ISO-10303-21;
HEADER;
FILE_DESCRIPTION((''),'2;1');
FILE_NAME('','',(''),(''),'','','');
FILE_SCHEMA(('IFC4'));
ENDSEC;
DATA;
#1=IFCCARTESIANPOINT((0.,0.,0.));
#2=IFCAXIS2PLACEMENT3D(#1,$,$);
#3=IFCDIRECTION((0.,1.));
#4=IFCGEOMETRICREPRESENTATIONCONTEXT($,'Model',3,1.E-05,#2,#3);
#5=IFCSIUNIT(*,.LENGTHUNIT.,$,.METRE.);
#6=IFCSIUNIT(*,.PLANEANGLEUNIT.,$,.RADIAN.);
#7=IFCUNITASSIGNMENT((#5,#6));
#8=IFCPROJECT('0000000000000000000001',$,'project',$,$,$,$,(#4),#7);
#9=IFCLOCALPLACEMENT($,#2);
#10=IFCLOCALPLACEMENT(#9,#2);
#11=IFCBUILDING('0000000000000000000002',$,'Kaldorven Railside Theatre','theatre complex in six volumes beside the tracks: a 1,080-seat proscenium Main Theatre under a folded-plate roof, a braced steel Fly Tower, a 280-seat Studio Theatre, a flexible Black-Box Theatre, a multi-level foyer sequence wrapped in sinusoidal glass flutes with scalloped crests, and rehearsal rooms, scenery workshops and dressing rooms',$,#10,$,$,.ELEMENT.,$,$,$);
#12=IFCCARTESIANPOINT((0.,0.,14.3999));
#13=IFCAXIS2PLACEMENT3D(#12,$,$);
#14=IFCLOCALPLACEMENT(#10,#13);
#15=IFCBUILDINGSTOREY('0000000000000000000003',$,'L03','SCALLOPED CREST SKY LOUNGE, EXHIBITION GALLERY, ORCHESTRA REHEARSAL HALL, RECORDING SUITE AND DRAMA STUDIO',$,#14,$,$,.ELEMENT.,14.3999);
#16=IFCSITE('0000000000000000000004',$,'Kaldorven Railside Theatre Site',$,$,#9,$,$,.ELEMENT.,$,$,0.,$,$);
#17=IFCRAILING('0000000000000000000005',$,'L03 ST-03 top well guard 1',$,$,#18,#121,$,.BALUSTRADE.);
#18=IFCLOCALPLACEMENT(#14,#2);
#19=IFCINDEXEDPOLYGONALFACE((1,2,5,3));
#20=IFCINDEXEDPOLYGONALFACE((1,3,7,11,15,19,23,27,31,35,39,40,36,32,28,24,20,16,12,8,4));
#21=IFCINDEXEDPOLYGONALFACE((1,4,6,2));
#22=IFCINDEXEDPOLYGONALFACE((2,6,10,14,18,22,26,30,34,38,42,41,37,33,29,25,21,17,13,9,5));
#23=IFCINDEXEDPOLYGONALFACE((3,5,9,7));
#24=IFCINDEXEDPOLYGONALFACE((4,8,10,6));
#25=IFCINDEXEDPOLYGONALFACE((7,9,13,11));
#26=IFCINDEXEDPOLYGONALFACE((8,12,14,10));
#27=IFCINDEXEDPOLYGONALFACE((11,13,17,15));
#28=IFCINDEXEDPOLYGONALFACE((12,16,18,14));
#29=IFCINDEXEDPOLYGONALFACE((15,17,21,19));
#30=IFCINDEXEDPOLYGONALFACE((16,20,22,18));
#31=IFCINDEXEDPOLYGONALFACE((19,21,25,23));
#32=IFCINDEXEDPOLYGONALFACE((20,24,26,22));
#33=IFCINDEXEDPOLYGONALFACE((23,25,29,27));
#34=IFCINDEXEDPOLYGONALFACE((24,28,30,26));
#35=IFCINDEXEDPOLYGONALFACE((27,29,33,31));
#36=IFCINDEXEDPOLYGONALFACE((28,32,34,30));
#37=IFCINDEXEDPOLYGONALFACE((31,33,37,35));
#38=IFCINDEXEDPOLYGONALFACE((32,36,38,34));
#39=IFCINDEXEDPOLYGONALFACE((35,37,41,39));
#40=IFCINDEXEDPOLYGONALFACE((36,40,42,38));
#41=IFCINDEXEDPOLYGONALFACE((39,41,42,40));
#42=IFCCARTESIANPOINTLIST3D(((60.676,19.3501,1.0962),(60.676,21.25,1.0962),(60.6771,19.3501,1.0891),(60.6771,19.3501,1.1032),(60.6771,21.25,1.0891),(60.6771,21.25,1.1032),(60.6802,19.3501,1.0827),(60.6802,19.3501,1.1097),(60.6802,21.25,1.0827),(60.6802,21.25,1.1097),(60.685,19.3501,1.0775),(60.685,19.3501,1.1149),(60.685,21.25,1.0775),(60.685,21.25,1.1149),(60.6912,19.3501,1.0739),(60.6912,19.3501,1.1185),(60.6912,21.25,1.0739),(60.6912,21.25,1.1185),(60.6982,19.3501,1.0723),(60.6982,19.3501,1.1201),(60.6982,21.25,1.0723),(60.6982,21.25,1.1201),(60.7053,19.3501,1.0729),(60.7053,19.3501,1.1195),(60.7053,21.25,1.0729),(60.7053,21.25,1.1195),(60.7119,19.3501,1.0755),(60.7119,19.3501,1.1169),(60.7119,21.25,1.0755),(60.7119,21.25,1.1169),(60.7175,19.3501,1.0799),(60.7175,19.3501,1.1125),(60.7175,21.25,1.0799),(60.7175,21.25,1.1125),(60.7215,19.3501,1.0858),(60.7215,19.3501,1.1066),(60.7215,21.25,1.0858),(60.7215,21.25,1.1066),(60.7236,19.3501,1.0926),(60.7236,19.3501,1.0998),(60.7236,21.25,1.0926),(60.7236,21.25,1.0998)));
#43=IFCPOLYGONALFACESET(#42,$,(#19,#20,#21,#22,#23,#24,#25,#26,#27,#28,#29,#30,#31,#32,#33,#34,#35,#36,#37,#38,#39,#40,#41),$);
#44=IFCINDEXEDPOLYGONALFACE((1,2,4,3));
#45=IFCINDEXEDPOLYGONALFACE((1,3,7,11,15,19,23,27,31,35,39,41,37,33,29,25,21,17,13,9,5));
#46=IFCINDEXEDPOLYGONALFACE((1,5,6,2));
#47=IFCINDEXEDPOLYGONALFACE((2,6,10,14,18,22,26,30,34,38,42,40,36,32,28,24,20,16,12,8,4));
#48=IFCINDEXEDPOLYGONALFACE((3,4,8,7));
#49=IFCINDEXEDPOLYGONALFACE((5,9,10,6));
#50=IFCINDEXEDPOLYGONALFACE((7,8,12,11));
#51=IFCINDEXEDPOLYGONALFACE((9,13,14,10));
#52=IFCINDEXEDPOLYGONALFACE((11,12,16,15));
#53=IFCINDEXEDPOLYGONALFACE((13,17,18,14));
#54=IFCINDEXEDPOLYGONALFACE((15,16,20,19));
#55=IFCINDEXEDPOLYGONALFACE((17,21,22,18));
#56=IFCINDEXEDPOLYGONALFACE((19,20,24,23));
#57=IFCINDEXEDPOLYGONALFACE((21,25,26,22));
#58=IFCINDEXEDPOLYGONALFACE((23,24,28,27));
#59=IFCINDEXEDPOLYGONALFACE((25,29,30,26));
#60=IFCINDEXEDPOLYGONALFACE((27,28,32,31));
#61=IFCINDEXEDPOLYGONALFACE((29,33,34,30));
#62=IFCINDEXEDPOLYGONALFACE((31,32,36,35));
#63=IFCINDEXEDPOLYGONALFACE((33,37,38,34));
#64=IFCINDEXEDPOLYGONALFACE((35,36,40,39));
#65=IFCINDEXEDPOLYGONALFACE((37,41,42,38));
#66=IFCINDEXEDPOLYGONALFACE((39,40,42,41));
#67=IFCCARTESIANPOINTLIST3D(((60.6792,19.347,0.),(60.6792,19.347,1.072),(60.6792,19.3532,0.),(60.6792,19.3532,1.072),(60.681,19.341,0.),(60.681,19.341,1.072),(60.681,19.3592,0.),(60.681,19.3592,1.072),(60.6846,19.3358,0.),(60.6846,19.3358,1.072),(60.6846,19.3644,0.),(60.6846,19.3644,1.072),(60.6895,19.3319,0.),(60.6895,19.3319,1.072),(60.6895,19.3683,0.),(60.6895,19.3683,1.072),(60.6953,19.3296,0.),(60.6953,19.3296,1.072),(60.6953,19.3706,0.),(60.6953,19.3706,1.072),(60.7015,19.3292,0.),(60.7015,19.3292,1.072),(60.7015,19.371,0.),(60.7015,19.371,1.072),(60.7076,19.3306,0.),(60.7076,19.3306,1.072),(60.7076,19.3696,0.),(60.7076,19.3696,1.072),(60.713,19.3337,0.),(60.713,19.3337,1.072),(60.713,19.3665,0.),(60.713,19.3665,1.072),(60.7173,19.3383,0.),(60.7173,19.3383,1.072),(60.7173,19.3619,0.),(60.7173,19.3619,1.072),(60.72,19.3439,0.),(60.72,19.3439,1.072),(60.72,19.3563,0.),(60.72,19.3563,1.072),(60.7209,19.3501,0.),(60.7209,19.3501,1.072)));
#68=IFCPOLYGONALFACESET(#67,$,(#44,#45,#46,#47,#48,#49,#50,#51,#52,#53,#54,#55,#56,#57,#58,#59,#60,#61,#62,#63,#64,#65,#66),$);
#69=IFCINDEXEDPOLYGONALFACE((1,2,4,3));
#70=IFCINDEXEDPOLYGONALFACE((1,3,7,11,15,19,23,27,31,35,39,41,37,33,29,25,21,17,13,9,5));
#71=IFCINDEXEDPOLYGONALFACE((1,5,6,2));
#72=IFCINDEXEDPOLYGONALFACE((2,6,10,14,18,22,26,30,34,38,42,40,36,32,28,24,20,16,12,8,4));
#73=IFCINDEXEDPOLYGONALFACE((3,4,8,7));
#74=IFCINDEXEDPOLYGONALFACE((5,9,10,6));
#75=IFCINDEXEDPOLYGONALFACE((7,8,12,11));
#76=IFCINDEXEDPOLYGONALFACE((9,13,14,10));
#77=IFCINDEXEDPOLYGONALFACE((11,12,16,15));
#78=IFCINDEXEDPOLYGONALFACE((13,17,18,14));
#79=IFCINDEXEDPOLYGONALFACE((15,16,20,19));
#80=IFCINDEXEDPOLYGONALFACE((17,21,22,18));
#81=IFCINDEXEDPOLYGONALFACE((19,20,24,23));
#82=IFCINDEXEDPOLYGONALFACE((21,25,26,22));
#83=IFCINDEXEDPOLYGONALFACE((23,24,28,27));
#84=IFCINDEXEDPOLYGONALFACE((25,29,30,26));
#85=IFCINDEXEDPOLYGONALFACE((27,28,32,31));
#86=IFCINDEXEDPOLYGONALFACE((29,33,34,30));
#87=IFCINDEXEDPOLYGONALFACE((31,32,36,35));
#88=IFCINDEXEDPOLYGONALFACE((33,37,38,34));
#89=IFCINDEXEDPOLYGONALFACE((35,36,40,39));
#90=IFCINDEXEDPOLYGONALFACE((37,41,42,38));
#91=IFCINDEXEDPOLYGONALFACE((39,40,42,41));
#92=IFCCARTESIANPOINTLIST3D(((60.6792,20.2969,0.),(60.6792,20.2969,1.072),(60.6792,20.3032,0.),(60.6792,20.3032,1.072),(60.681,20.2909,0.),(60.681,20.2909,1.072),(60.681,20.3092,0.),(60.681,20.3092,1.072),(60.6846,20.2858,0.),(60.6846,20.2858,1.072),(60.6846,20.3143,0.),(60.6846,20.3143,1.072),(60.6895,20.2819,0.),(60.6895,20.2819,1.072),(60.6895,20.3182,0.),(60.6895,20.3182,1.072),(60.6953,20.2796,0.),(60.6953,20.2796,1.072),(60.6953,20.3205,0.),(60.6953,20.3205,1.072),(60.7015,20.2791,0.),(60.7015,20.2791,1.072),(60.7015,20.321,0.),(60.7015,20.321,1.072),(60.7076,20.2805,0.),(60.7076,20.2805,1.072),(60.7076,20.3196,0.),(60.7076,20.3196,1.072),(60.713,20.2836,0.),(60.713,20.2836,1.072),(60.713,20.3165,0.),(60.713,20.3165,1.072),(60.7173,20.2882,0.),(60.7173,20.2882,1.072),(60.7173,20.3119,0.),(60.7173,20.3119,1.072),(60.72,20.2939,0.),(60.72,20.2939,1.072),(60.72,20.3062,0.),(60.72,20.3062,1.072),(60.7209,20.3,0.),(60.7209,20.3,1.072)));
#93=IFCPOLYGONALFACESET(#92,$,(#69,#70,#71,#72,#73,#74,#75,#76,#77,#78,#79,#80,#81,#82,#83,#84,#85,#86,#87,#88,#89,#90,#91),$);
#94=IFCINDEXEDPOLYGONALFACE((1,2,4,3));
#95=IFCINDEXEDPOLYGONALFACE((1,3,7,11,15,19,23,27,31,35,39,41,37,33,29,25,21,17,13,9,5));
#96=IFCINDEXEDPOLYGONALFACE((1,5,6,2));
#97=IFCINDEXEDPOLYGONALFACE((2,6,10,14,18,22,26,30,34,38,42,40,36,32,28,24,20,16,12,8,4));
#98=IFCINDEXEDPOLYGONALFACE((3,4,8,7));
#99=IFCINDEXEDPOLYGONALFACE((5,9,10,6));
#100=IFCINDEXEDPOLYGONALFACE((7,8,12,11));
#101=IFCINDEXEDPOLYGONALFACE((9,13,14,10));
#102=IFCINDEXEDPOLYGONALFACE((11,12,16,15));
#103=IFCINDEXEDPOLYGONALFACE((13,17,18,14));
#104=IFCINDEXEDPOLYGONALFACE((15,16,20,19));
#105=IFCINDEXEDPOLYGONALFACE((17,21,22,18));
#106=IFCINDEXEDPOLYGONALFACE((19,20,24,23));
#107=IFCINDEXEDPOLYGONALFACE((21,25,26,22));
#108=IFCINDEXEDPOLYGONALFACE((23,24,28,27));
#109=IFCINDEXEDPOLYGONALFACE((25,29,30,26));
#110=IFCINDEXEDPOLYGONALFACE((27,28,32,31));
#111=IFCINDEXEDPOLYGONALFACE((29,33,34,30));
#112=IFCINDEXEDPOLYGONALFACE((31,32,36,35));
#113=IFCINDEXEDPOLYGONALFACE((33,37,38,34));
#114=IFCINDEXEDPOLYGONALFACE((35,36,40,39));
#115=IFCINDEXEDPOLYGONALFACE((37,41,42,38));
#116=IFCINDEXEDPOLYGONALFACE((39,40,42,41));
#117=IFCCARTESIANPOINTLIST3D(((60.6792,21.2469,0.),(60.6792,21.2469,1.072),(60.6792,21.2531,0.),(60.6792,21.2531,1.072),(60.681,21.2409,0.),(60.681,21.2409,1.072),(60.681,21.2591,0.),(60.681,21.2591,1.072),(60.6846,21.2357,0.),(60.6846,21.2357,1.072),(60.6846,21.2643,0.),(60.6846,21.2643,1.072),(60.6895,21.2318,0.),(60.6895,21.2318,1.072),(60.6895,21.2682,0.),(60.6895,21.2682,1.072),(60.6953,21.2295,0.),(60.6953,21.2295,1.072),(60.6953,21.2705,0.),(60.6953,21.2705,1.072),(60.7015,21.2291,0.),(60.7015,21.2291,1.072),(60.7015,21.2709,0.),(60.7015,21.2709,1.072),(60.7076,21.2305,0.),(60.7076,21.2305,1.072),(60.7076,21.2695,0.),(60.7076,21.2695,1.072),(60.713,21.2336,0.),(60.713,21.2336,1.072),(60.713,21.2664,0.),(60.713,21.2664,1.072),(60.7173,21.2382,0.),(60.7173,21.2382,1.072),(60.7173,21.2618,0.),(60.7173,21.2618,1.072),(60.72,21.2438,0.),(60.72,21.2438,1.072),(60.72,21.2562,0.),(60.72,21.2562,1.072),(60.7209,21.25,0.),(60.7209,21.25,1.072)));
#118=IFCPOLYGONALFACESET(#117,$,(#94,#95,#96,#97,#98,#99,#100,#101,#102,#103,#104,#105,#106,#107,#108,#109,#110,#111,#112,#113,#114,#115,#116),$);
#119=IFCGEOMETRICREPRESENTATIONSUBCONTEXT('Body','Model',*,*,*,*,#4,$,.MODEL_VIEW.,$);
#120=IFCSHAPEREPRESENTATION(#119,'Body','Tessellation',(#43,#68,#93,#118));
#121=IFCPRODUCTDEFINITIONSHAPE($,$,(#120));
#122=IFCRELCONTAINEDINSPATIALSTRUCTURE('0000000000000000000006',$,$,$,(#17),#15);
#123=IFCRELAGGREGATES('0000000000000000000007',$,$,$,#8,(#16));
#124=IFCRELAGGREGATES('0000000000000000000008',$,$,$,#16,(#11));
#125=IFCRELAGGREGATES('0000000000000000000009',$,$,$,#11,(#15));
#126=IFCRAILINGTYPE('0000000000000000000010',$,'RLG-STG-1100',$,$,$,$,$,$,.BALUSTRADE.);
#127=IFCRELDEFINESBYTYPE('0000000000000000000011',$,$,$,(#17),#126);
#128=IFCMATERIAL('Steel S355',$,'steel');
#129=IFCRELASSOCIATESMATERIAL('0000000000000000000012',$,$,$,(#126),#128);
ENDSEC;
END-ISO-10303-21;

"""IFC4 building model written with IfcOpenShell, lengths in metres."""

from ifc_helpers import new_model, si_unit, direction, frame, origin, origin_2d, place, context, subcontext, project, spatial, circle, extrude, material, type_object, element, save


model = new_model("IFC4")

# Units and contexts
model_context = context("Model", 3, precision=1e-05, world=origin(), true_north=direction((0.0, 1.0)))
body_context = subcontext(model_context, "Body", "Model", "MODEL_VIEW")
ifc_project = project(units=[si_unit("LENGTHUNIT", "METRE"), si_unit("PLANEANGLEUNIT", "RADIAN")], contexts=[model_context])

# Site, building, storey
site_placement = place(None, origin())
site = spatial("IfcSite", under=ifc_project, at=site_placement, Name="Kaldorven Railside Theatre Site", CompositionType="ELEMENT", RefElevation=0.0)
building_placement = place(site_placement, origin())
building = spatial("IfcBuilding", under=site, at=building_placement, Name="Kaldorven Railside Theatre", Description="theatre complex in six volumes beside the tracks: a 1,080-seat proscenium Main Theatre under a folded-plate roof, a braced steel Fly Tower, a 280-seat Studio Theatre, a flexible Black-Box Theatre, a multi-level foyer sequence wrapped in sinusoidal glass flutes with scalloped crests, and rehearsal rooms, scenery workshops and dressing rooms", CompositionType="ELEMENT")
storey_placement = place(building_placement, frame((0.0, 0.0, 14.3999)))
storey = spatial("IfcBuildingStorey", under=building, at=storey_placement, Name="L03", Description="SCALLOPED CREST SKY LOUNGE, EXHIBITION GALLERY, ORCHESTRA REHEARSAL HALL, RECORDING SUITE AND DRAMA STUDIO", CompositionType="ELEMENT", Elevation=14.3999)

# Shared definitions
ifc_material_1 = material(Name="Steel S355", Category="steel")

# Railing
railing_type = type_object("IfcRailingType", Name="RLG-STG-1100", PredefinedType="BALUSTRADE", material=ifc_material_1)
railing_placement = place(storey_placement, frame((60.7, 19.3501, 0.0)))
element("IfcRailing", 1, at=railing_placement, inside=storey, type_object=railing_type, Name="L03 ST-03 top well guard 1", PredefinedType="BALUSTRADE", context=body_context, shape_type="SweptSolid", body=[
    extrude(circle(Radius=0.0239, at=origin_2d()), frame((0.0, 0.0, 1.0962), z_axis=(0.0, 1.0, 0.0), x_axis=(-1.0, 0.0, 0.0)), (0.0, 0.0, 1.0), 1.8999),
    extrude(circle(Radius=0.021, at=origin_2d()), origin(), (0.0, 0.0, 1.0), 1.072),
    extrude(circle(Radius=0.021, at=origin_2d()), frame((0.0, 0.95, 0.0)), (0.0, 0.0, 1.0), 1.072),
    extrude(circle(Radius=0.021, at=origin_2d()), frame((0.0, 1.8999, 0.0)), (0.0, 0.0, 1.0), 1.072),
])

save(model, "model.ifc")
